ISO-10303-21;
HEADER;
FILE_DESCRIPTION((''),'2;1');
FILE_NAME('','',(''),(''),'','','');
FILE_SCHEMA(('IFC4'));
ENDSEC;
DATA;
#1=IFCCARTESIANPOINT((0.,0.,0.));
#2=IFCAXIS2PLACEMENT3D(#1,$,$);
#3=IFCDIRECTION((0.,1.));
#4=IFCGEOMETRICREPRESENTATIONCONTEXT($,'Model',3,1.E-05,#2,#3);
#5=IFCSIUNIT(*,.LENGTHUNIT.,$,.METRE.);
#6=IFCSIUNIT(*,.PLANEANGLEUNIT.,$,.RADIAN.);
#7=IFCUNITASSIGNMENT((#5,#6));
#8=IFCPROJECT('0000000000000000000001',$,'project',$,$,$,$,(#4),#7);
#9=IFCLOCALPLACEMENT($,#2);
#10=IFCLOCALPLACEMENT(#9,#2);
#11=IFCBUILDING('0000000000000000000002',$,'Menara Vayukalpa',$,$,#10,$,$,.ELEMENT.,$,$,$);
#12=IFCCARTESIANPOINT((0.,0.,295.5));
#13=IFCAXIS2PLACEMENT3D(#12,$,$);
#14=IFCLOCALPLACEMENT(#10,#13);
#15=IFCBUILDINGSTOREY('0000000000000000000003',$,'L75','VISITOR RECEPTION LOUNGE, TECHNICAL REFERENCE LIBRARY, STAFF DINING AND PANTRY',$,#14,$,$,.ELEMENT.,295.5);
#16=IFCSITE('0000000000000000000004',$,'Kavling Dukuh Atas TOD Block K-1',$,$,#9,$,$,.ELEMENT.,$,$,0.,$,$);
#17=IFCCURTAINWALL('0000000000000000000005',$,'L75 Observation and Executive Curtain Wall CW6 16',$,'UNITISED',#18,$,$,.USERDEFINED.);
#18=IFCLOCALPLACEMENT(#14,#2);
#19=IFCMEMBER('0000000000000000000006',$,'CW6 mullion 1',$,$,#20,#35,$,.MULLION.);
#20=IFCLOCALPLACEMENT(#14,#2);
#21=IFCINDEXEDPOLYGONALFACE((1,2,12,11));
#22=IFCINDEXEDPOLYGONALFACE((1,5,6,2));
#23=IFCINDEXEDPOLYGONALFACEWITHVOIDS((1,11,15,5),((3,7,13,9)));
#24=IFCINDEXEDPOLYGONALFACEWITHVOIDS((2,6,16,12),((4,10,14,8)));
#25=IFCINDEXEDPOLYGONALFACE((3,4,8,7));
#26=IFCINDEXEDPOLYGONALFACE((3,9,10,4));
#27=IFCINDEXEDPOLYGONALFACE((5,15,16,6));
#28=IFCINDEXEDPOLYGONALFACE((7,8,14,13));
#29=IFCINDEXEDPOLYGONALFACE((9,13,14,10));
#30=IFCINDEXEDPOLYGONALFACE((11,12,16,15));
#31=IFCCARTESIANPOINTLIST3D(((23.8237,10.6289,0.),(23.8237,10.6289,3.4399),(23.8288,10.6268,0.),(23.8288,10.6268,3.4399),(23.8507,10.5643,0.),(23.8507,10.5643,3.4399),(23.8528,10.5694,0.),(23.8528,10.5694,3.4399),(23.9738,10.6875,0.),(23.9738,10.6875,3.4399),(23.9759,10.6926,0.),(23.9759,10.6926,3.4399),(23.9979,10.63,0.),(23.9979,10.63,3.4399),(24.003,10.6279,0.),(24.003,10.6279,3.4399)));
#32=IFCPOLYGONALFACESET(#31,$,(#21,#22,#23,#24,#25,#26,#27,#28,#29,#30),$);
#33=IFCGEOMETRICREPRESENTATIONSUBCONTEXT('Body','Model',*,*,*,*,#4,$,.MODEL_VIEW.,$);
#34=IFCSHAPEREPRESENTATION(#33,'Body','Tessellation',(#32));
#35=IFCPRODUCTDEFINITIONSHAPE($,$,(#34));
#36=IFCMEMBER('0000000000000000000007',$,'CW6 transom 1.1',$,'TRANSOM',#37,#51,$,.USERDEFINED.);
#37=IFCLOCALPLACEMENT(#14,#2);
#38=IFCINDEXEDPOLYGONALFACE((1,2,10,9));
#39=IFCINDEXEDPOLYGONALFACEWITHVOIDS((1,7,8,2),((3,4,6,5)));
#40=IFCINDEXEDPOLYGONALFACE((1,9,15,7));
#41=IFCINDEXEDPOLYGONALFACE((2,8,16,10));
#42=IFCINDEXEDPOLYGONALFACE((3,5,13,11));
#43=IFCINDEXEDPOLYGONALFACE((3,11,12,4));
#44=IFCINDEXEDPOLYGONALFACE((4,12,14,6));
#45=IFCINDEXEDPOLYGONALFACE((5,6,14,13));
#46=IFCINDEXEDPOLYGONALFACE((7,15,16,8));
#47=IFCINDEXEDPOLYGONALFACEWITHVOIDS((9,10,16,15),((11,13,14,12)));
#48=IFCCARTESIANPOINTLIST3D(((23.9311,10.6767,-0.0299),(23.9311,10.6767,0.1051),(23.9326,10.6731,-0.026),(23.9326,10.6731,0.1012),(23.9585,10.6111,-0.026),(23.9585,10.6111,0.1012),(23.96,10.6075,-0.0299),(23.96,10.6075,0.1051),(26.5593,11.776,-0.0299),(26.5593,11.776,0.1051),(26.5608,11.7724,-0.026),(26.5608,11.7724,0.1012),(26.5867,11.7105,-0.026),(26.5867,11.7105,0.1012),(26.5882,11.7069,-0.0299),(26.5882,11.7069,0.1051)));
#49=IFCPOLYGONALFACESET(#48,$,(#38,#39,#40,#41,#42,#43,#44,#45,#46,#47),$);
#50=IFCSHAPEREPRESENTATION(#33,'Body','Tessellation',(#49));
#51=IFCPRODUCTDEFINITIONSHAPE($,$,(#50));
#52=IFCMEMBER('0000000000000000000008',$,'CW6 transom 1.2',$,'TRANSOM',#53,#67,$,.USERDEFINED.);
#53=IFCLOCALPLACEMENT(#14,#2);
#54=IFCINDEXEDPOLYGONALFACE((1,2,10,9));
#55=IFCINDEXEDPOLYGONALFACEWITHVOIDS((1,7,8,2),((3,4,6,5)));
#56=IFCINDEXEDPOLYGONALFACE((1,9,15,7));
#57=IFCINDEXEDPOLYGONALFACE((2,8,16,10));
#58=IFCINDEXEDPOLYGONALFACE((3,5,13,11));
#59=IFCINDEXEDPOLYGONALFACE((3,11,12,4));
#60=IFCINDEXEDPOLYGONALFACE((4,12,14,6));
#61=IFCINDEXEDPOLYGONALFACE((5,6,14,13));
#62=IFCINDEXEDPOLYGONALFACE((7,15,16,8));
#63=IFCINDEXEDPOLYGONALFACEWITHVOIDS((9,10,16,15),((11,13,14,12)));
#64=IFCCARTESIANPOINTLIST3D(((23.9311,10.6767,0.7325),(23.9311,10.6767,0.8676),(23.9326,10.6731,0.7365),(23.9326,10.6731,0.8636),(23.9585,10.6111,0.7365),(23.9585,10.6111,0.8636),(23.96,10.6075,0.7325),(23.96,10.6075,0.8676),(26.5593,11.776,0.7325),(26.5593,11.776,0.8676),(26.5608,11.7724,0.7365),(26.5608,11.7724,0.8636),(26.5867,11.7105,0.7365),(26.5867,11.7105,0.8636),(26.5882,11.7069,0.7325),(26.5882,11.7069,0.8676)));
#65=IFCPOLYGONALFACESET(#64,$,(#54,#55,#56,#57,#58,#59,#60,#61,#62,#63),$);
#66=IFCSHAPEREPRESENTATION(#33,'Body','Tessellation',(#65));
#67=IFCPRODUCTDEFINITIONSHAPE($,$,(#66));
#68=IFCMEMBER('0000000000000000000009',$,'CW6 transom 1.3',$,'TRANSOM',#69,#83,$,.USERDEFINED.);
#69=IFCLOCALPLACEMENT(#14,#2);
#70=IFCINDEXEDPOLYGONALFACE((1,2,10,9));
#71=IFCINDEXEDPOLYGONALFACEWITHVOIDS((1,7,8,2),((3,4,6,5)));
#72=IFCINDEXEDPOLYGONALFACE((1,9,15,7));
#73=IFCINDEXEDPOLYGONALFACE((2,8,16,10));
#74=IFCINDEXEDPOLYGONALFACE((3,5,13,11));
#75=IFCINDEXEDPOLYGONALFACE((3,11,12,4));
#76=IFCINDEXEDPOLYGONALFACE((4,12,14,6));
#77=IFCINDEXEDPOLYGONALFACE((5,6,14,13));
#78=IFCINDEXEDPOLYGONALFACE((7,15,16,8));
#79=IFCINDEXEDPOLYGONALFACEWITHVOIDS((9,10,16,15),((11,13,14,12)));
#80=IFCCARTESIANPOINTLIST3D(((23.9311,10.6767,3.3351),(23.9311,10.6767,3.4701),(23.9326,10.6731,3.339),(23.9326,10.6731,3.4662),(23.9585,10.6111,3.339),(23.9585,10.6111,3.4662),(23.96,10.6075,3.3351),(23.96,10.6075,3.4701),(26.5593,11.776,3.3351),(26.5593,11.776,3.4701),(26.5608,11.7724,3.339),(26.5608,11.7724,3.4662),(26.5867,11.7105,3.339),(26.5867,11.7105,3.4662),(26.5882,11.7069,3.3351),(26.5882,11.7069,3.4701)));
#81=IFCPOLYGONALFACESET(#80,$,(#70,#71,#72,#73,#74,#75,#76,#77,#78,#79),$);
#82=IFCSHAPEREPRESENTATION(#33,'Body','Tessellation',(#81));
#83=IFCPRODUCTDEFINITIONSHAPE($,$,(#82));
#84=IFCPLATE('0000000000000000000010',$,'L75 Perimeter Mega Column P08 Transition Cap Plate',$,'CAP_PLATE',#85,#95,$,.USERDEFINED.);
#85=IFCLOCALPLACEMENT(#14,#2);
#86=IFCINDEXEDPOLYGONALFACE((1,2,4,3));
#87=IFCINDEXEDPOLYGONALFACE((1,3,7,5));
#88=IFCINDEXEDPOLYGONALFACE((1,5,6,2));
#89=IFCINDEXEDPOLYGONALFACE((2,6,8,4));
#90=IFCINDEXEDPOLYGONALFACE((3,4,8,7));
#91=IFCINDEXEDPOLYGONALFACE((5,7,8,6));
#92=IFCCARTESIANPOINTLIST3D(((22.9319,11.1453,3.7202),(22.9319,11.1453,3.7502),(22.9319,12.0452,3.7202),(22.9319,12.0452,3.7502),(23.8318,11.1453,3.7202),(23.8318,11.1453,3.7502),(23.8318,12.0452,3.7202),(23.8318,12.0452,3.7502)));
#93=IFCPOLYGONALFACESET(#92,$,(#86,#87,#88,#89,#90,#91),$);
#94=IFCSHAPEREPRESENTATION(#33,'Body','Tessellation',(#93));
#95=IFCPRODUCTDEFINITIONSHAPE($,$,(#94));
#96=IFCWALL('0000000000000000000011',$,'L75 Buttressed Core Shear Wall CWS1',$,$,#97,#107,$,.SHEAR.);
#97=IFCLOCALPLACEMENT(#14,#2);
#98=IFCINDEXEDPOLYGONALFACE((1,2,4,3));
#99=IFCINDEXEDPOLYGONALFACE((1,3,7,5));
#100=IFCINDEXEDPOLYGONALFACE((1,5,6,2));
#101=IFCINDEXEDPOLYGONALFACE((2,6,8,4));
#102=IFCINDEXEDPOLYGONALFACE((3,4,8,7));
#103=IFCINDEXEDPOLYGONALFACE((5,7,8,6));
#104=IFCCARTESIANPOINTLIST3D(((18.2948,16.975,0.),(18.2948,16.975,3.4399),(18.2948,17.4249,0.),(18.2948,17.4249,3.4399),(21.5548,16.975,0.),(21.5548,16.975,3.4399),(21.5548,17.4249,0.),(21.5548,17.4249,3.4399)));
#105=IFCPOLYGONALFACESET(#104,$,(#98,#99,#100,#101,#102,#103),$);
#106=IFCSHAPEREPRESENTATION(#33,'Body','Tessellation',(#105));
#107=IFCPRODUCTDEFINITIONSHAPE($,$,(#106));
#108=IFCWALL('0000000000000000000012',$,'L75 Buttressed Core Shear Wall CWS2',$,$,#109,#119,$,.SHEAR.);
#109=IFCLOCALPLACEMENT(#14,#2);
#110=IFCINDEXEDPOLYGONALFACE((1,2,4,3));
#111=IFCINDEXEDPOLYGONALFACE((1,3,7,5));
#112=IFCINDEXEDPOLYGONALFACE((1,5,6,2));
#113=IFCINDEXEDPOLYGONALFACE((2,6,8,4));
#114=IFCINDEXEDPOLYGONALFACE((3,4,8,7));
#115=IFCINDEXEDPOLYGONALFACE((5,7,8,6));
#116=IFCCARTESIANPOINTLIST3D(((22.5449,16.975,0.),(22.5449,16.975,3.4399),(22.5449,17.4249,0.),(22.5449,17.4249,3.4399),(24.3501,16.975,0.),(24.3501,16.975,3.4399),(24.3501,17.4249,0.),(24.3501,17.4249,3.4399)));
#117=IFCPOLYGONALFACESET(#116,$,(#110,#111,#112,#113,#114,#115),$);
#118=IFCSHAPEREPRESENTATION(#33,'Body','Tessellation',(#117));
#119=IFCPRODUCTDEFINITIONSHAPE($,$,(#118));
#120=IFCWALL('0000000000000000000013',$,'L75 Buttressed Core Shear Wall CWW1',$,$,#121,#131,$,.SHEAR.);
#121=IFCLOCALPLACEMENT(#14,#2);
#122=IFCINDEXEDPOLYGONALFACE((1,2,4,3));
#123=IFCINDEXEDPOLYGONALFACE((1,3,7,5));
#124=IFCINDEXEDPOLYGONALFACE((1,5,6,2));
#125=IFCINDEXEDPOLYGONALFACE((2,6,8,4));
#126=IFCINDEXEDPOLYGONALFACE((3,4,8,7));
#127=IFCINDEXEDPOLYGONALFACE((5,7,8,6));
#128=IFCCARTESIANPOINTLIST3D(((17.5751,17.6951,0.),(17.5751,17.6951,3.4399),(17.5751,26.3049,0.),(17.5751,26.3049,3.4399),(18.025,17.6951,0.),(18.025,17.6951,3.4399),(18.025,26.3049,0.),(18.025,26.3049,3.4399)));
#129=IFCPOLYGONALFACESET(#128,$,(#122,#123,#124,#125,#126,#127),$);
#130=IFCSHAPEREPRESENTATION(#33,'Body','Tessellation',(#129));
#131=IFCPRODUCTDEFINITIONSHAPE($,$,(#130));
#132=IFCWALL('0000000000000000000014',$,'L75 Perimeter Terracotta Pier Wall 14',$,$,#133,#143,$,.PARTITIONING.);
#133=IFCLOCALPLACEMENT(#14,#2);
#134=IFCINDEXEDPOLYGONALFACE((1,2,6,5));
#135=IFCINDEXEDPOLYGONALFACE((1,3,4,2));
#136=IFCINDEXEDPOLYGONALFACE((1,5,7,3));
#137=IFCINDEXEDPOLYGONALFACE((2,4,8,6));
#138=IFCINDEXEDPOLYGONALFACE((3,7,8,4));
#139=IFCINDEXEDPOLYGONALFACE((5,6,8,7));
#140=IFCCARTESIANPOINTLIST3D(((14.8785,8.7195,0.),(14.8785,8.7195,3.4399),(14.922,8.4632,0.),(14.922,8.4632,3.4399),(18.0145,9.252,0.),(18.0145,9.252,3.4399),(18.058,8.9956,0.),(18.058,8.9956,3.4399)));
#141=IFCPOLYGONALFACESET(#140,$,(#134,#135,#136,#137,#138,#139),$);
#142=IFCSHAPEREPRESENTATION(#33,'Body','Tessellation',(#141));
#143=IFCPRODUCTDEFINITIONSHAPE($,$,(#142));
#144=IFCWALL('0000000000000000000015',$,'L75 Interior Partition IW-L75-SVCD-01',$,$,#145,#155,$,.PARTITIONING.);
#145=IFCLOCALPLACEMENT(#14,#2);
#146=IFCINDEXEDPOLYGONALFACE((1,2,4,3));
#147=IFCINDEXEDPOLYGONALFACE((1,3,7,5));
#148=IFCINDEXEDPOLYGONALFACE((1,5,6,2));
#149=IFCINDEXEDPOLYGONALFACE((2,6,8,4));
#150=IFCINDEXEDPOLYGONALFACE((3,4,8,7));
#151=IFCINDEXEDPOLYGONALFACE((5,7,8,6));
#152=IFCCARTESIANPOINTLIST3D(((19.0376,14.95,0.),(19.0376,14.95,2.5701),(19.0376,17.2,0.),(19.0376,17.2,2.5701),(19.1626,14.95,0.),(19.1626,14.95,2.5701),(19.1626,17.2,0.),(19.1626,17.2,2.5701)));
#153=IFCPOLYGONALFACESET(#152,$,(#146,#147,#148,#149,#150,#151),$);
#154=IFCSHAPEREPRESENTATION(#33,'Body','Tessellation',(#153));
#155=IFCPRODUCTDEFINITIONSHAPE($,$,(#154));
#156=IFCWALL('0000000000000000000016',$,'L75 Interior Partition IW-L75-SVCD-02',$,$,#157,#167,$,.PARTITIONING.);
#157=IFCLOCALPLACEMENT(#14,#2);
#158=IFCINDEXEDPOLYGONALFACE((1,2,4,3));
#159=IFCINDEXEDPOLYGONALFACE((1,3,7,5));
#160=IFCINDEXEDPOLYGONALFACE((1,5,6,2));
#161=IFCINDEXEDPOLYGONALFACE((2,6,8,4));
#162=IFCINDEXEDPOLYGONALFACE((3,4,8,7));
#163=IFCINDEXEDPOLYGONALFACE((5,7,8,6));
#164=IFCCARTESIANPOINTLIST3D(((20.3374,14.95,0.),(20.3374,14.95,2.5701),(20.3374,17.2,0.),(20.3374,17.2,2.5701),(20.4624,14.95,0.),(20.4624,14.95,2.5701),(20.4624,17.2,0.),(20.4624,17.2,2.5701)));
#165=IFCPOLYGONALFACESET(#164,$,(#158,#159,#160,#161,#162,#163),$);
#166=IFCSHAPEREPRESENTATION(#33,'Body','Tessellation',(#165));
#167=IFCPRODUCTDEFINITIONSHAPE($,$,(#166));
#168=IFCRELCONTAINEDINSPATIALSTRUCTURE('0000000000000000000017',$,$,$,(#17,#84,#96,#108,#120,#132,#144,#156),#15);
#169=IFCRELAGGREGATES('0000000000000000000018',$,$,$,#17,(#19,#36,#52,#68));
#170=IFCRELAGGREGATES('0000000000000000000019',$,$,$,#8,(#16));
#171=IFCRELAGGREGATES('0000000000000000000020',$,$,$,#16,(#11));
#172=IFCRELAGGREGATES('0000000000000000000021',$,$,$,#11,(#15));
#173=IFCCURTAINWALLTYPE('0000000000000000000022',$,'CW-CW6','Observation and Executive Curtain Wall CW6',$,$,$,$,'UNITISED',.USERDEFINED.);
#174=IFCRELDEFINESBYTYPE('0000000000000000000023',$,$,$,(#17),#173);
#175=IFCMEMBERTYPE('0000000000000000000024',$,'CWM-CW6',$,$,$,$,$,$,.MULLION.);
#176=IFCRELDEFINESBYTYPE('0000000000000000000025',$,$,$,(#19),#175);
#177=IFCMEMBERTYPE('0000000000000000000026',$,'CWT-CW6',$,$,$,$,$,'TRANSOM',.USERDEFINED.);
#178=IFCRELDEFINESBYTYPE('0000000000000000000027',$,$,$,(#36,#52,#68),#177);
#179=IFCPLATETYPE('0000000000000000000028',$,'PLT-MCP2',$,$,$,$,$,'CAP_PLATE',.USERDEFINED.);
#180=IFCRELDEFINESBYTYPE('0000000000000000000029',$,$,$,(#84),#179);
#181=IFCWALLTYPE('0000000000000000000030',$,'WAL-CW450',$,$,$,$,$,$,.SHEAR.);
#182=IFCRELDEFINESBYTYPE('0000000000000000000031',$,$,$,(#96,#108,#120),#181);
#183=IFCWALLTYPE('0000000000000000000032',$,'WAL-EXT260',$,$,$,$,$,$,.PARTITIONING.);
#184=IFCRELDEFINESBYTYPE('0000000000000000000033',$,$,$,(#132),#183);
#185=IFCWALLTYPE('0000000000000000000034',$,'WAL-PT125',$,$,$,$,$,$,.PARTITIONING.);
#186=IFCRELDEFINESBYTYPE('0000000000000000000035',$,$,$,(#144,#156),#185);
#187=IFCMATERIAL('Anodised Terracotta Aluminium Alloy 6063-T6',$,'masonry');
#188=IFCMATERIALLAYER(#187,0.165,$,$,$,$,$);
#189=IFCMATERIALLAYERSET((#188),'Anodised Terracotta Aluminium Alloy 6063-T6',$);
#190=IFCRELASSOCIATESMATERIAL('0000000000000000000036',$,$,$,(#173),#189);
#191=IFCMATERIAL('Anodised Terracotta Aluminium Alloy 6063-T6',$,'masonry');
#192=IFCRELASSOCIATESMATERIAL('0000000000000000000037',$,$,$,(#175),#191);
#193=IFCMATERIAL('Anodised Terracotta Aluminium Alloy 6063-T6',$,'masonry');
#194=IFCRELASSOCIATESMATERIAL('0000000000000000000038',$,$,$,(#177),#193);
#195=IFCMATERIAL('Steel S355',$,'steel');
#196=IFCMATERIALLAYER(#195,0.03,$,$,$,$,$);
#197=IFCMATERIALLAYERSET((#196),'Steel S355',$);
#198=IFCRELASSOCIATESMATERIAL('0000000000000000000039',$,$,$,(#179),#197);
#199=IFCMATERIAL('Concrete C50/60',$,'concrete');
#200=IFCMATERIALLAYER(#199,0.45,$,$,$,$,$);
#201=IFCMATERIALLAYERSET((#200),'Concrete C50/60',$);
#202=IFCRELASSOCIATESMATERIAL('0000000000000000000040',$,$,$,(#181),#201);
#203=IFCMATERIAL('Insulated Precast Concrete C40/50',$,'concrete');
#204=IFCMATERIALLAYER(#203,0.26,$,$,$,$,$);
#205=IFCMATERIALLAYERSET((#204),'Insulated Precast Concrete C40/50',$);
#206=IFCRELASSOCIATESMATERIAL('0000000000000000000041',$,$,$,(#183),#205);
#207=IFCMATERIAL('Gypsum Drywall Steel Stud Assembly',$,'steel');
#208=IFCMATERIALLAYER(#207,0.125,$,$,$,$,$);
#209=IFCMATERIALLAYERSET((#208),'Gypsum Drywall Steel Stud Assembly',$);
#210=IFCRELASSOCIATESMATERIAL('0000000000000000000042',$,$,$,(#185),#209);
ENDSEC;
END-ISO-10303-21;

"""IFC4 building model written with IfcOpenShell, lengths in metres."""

from ifc_helpers import new_model, si_unit, direction, frame, frame_2d, origin, origin_2d, place, context, subcontext, project, spatial, rectangle, hollow_rectangle, extrude, material, layer, layer_set, material_profile, profile_set, type_object, element, aggregate, save


model = new_model("IFC4")

# Units and contexts
model_context = context("Model", 3, precision=1e-05, world=origin(), true_north=direction((0.0, 1.0)))
body_context = subcontext(model_context, "Body", "Model", "MODEL_VIEW")
ifc_project = project(units=[si_unit("LENGTHUNIT", "METRE"), si_unit("PLANEANGLEUNIT", "RADIAN")], contexts=[model_context])

# Site, building, storey
site_placement = place(None, origin())
site = spatial("IfcSite", under=ifc_project, at=site_placement, Name="Kavling Dukuh Atas TOD Block K-1", CompositionType="ELEMENT", RefElevation=0.0)
building_placement = place(site_placement, origin())
building = spatial("IfcBuilding", under=site, at=building_placement, Name="Menara Vayukalpa", CompositionType="ELEMENT")
storey_placement = place(building_placement, frame((0.0, 0.0, 295.5)))
storey = spatial("IfcBuildingStorey", under=building, at=storey_placement, Name="L75", Description="VISITOR RECEPTION LOUNGE, TECHNICAL REFERENCE LIBRARY, STAFF DINING AND PANTRY", CompositionType="ELEMENT", Elevation=295.5)

# Curtain wall, members
ifc_material_1 = material(Name="Anodised Terracotta Aluminium Alloy 6063-T6", Category="masonry")
ifc_layer_1 = layer(ifc_material_1, 0.165)
ifc_layer_set_1 = layer_set([ifc_layer_1], Name="Anodised Terracotta Aluminium Alloy 6063-T6")
curtain_wall_type = type_object("IfcCurtainWallType", Name="CW-CW6", Description="Observation and Executive Curtain Wall CW6", ElementType="UNITISED", PredefinedType="USERDEFINED", material=ifc_layer_set_1)
curtain_wall_placement = place(storey_placement, origin())
curtain_wall = element("IfcCurtainWall", 1, at=curtain_wall_placement, inside=storey, type_object=curtain_wall_type, Name="L75 Observation and Executive Curtain Wall CW6 16", ObjectType="UNITISED", PredefinedType="USERDEFINED")
ifc_material_2 = material(Name="Anodised Terracotta Aluminium Alloy 6063-T6", Category="masonry")
ifc_material_profile_1 = material_profile(ifc_material_2, hollow_rectangle(XDim=0.0701, YDim=0.165, WallThickness=0.0039, at=origin_2d()), Name="ALU 70x165x4")
ifc_profile_set_1 = profile_set([ifc_material_profile_1], Name="Anodised Terracotta Aluminium Alloy 6063-T6")
member_type_1 = type_object("IfcMemberType", Name="CWM-CW6", PredefinedType="MULLION", material=ifc_profile_set_1)
member_1_placement = place(storey_placement, frame((23.9133, 10.6284, 0.0), z_axis=(0.0, 0.0, 1.0), x_axis=(-0.3859, 0.922541, 0.0)))
member_1 = element("IfcMember", 2, at=member_1_placement, type_object=member_type_1, Name="CW6 mullion 1", PredefinedType="MULLION", context=body_context, shape_type="SweptSolid", body=[
    extrude(hollow_rectangle(XDim=0.0701, YDim=0.165, WallThickness=0.0039, at=origin_2d()), origin(), (0.0, 0.0, 1.0), 3.4399),
])
ifc_material_3 = material(Name="Anodised Terracotta Aluminium Alloy 6063-T6", Category="masonry")
ifc_material_profile_2 = material_profile(ifc_material_3, hollow_rectangle(XDim=0.075, YDim=0.135, WallThickness=0.0039, at=origin_2d()), Name="ALU 75x135x4")
ifc_profile_set_2 = profile_set([ifc_material_profile_2], Name="Anodised Terracotta Aluminium Alloy 6063-T6")
member_type_2 = type_object("IfcMemberType", Name="CWT-CW6", ElementType="TRANSOM", PredefinedType="USERDEFINED", material=ifc_profile_set_2)
member_2_placement = place(storey_placement, frame((23.9456, 10.6421, 0.0376), z_axis=(0.922541, 0.385899, 0.0), x_axis=(-0.385899, 0.922541, 0.0)))
member_2 = element("IfcMember", 3, at=member_2_placement, type_object=member_type_2, Name="CW6 transom 1.1", ObjectType="TRANSOM", PredefinedType="USERDEFINED", context=body_context, shape_type="SweptSolid", body=[
    extrude(hollow_rectangle(XDim=0.075, YDim=0.135, WallThickness=0.0039, at=origin_2d()), origin(), (0.0, 0.0, 1.0), 2.8489),
])
member_3_placement = place(storey_placement, frame((23.9456, 10.6421, 0.8), z_axis=(0.922541, 0.385899, 0.0), x_axis=(-0.385899, 0.922541, 0.0)))
member_3 = element("IfcMember", 4, at=member_3_placement, type_object=member_type_2, Name="CW6 transom 1.2", ObjectType="TRANSOM", PredefinedType="USERDEFINED", context=body_context, shape_type="SweptSolid", body=[
    extrude(hollow_rectangle(XDim=0.075, YDim=0.135, WallThickness=0.0039, at=origin_2d()), origin(), (0.0, 0.0, 1.0), 2.8489),
])
member_4_placement = place(storey_placement, frame((23.9456, 10.6421, 3.4026), z_axis=(0.922541, 0.385899, 0.0), x_axis=(-0.385899, 0.922541, 0.0)))
member_4 = element("IfcMember", 5, at=member_4_placement, type_object=member_type_2, Name="CW6 transom 1.3", ObjectType="TRANSOM", PredefinedType="USERDEFINED", context=body_context, shape_type="SweptSolid", body=[
    extrude(hollow_rectangle(XDim=0.075, YDim=0.135, WallThickness=0.0039, at=origin_2d()), origin(), (0.0, 0.0, 1.0), 2.8489),
])
aggregate(curtain_wall, [member_1, member_2, member_3, member_4])

# Plate
ifc_material_4 = material(Name="Steel S355", Category="steel")
ifc_layer_2 = layer(ifc_material_4, 0.03)
ifc_layer_set_2 = layer_set([ifc_layer_2], Name="Steel S355")
plate_type = type_object("IfcPlateType", Name="PLT-MCP2", ElementType="CAP_PLATE", PredefinedType="USERDEFINED", material=ifc_layer_set_2)
plate_placement = place(storey_placement, frame((23.3818, 11.5952, 3.7202), z_axis=(0.0, 0.0, 1.0), x_axis=(1.0, 0.0, 0.0)))
element("IfcPlate", 6, at=plate_placement, inside=storey, type_object=plate_type, Name="L75 Perimeter Mega Column P08 Transition Cap Plate", ObjectType="CAP_PLATE", PredefinedType="USERDEFINED", context=body_context, shape_type="SweptSolid", body=[
    extrude(rectangle(XDim=0.8999, YDim=0.8999, at=origin_2d()), origin(), (0.0, 0.0, 1.0), 0.03),
])

# Walls
ifc_material_5 = material(Name="Concrete C50/60", Category="concrete")
ifc_layer_3 = layer(ifc_material_5, 0.45)
ifc_layer_set_3 = layer_set([ifc_layer_3], Name="Concrete C50/60")
wall_type_1 = type_object("IfcWallType", Name="WAL-CW450", PredefinedType="SHEAR", material=ifc_layer_set_3)
wall_1_placement = place(storey_placement, frame((18.2949, 17.2, 0.0), z_axis=(0.0, 0.0, 1.0), x_axis=(1.0, 0.0, 0.0)))
element("IfcWall", 7, at=wall_1_placement, inside=storey, type_object=wall_type_1, Name="L75 Buttressed Core Shear Wall CWS1", PredefinedType="SHEAR", context=body_context, shape_type="SweptSolid", body=[
    extrude(rectangle(XDim=3.26, YDim=0.45, at=frame_2d((1.6299, 0.0))), origin(), (0.0, 0.0, 1.0), 3.4399),
])
wall_2_placement = place(storey_placement, frame((22.5449, 17.2, 0.0), z_axis=(0.0, 0.0, 1.0), x_axis=(1.0, 0.0, 0.0)))
element("IfcWall", 8, at=wall_2_placement, inside=storey, type_object=wall_type_1, Name="L75 Buttressed Core Shear Wall CWS2", PredefinedType="SHEAR", context=body_context, shape_type="SweptSolid", body=[
    extrude(rectangle(XDim=1.8052, YDim=0.45, at=frame_2d((0.9026, 0.0))), origin(), (0.0, 0.0, 1.0), 3.4399),
])
wall_3_placement = place(storey_placement, frame((17.8, 17.6951, 0.0), z_axis=(0.0, 0.0, 1.0), x_axis=(0.0, 1.0, 0.0)))
element("IfcWall", 9, at=wall_3_placement, inside=storey, type_object=wall_type_1, Name="L75 Buttressed Core Shear Wall CWW1", PredefinedType="SHEAR", context=body_context, shape_type="SweptSolid", body=[
    extrude(rectangle(XDim=8.6099, YDim=0.45, at=frame_2d((4.3049, 0.0))), origin(), (0.0, 0.0, 1.0), 3.4399),
])
ifc_material_6 = material(Name="Insulated Precast Concrete C40/50", Category="concrete")
ifc_layer_4 = layer(ifc_material_6, 0.26)
ifc_layer_set_4 = layer_set([ifc_layer_4], Name="Insulated Precast Concrete C40/50")
wall_type_2 = type_object("IfcWallType", Name="WAL-EXT260", PredefinedType="PARTITIONING", material=ifc_layer_set_4)
wall_4_placement = place(storey_placement, frame((18.0361, 9.1238, 0.0), z_axis=(0.0, 0.0, 1.0), x_axis=(-0.985889, -0.167398, 0.0)))
element("IfcWall", 10, at=wall_4_placement, inside=storey, type_object=wall_type_2, Name="L75 Perimeter Terracotta Pier Wall 14", PredefinedType="PARTITIONING", context=body_context, shape_type="SweptSolid", body=[
    extrude(rectangle(XDim=3.1809, YDim=0.26, at=frame_2d((1.5903, 0.0))), origin(), (0.0, 0.0, 1.0), 3.4399),
])
ifc_material_7 = material(Name="Gypsum Drywall Steel Stud Assembly", Category="steel")
ifc_layer_5 = layer(ifc_material_7, 0.125)
ifc_layer_set_5 = layer_set([ifc_layer_5], Name="Gypsum Drywall Steel Stud Assembly")
wall_type_3 = type_object("IfcWallType", Name="WAL-PT125", PredefinedType="PARTITIONING", material=ifc_layer_set_5)
for number, where, z_axis, x_axis, name in (
    (11, (19.1001, 14.95, 0.0), (0.0, 0.0, 1.0), (0.0, 1.0, 0.0), "L75 Interior Partition IW-L75-SVCD-01"),
    (12, (20.3999, 14.95, 0.0), (0.0, 0.0, 1.0), (0.0, 1.0, 0.0), "L75 Interior Partition IW-L75-SVCD-02"),
):
    element("IfcWall", number, at=place(storey_placement, frame(where, z_axis=z_axis, x_axis=x_axis)), inside=storey, type_object=wall_type_3, Name=name, PredefinedType="PARTITIONING", context=body_context, shape_type="SweptSolid", body=[
        extrude(rectangle(XDim=2.25, YDim=0.125, at=frame_2d((1.125, 0.0))), origin(), (0.0, 0.0, 1.0), 2.5701),
    ])

save(model, "model.ifc")
